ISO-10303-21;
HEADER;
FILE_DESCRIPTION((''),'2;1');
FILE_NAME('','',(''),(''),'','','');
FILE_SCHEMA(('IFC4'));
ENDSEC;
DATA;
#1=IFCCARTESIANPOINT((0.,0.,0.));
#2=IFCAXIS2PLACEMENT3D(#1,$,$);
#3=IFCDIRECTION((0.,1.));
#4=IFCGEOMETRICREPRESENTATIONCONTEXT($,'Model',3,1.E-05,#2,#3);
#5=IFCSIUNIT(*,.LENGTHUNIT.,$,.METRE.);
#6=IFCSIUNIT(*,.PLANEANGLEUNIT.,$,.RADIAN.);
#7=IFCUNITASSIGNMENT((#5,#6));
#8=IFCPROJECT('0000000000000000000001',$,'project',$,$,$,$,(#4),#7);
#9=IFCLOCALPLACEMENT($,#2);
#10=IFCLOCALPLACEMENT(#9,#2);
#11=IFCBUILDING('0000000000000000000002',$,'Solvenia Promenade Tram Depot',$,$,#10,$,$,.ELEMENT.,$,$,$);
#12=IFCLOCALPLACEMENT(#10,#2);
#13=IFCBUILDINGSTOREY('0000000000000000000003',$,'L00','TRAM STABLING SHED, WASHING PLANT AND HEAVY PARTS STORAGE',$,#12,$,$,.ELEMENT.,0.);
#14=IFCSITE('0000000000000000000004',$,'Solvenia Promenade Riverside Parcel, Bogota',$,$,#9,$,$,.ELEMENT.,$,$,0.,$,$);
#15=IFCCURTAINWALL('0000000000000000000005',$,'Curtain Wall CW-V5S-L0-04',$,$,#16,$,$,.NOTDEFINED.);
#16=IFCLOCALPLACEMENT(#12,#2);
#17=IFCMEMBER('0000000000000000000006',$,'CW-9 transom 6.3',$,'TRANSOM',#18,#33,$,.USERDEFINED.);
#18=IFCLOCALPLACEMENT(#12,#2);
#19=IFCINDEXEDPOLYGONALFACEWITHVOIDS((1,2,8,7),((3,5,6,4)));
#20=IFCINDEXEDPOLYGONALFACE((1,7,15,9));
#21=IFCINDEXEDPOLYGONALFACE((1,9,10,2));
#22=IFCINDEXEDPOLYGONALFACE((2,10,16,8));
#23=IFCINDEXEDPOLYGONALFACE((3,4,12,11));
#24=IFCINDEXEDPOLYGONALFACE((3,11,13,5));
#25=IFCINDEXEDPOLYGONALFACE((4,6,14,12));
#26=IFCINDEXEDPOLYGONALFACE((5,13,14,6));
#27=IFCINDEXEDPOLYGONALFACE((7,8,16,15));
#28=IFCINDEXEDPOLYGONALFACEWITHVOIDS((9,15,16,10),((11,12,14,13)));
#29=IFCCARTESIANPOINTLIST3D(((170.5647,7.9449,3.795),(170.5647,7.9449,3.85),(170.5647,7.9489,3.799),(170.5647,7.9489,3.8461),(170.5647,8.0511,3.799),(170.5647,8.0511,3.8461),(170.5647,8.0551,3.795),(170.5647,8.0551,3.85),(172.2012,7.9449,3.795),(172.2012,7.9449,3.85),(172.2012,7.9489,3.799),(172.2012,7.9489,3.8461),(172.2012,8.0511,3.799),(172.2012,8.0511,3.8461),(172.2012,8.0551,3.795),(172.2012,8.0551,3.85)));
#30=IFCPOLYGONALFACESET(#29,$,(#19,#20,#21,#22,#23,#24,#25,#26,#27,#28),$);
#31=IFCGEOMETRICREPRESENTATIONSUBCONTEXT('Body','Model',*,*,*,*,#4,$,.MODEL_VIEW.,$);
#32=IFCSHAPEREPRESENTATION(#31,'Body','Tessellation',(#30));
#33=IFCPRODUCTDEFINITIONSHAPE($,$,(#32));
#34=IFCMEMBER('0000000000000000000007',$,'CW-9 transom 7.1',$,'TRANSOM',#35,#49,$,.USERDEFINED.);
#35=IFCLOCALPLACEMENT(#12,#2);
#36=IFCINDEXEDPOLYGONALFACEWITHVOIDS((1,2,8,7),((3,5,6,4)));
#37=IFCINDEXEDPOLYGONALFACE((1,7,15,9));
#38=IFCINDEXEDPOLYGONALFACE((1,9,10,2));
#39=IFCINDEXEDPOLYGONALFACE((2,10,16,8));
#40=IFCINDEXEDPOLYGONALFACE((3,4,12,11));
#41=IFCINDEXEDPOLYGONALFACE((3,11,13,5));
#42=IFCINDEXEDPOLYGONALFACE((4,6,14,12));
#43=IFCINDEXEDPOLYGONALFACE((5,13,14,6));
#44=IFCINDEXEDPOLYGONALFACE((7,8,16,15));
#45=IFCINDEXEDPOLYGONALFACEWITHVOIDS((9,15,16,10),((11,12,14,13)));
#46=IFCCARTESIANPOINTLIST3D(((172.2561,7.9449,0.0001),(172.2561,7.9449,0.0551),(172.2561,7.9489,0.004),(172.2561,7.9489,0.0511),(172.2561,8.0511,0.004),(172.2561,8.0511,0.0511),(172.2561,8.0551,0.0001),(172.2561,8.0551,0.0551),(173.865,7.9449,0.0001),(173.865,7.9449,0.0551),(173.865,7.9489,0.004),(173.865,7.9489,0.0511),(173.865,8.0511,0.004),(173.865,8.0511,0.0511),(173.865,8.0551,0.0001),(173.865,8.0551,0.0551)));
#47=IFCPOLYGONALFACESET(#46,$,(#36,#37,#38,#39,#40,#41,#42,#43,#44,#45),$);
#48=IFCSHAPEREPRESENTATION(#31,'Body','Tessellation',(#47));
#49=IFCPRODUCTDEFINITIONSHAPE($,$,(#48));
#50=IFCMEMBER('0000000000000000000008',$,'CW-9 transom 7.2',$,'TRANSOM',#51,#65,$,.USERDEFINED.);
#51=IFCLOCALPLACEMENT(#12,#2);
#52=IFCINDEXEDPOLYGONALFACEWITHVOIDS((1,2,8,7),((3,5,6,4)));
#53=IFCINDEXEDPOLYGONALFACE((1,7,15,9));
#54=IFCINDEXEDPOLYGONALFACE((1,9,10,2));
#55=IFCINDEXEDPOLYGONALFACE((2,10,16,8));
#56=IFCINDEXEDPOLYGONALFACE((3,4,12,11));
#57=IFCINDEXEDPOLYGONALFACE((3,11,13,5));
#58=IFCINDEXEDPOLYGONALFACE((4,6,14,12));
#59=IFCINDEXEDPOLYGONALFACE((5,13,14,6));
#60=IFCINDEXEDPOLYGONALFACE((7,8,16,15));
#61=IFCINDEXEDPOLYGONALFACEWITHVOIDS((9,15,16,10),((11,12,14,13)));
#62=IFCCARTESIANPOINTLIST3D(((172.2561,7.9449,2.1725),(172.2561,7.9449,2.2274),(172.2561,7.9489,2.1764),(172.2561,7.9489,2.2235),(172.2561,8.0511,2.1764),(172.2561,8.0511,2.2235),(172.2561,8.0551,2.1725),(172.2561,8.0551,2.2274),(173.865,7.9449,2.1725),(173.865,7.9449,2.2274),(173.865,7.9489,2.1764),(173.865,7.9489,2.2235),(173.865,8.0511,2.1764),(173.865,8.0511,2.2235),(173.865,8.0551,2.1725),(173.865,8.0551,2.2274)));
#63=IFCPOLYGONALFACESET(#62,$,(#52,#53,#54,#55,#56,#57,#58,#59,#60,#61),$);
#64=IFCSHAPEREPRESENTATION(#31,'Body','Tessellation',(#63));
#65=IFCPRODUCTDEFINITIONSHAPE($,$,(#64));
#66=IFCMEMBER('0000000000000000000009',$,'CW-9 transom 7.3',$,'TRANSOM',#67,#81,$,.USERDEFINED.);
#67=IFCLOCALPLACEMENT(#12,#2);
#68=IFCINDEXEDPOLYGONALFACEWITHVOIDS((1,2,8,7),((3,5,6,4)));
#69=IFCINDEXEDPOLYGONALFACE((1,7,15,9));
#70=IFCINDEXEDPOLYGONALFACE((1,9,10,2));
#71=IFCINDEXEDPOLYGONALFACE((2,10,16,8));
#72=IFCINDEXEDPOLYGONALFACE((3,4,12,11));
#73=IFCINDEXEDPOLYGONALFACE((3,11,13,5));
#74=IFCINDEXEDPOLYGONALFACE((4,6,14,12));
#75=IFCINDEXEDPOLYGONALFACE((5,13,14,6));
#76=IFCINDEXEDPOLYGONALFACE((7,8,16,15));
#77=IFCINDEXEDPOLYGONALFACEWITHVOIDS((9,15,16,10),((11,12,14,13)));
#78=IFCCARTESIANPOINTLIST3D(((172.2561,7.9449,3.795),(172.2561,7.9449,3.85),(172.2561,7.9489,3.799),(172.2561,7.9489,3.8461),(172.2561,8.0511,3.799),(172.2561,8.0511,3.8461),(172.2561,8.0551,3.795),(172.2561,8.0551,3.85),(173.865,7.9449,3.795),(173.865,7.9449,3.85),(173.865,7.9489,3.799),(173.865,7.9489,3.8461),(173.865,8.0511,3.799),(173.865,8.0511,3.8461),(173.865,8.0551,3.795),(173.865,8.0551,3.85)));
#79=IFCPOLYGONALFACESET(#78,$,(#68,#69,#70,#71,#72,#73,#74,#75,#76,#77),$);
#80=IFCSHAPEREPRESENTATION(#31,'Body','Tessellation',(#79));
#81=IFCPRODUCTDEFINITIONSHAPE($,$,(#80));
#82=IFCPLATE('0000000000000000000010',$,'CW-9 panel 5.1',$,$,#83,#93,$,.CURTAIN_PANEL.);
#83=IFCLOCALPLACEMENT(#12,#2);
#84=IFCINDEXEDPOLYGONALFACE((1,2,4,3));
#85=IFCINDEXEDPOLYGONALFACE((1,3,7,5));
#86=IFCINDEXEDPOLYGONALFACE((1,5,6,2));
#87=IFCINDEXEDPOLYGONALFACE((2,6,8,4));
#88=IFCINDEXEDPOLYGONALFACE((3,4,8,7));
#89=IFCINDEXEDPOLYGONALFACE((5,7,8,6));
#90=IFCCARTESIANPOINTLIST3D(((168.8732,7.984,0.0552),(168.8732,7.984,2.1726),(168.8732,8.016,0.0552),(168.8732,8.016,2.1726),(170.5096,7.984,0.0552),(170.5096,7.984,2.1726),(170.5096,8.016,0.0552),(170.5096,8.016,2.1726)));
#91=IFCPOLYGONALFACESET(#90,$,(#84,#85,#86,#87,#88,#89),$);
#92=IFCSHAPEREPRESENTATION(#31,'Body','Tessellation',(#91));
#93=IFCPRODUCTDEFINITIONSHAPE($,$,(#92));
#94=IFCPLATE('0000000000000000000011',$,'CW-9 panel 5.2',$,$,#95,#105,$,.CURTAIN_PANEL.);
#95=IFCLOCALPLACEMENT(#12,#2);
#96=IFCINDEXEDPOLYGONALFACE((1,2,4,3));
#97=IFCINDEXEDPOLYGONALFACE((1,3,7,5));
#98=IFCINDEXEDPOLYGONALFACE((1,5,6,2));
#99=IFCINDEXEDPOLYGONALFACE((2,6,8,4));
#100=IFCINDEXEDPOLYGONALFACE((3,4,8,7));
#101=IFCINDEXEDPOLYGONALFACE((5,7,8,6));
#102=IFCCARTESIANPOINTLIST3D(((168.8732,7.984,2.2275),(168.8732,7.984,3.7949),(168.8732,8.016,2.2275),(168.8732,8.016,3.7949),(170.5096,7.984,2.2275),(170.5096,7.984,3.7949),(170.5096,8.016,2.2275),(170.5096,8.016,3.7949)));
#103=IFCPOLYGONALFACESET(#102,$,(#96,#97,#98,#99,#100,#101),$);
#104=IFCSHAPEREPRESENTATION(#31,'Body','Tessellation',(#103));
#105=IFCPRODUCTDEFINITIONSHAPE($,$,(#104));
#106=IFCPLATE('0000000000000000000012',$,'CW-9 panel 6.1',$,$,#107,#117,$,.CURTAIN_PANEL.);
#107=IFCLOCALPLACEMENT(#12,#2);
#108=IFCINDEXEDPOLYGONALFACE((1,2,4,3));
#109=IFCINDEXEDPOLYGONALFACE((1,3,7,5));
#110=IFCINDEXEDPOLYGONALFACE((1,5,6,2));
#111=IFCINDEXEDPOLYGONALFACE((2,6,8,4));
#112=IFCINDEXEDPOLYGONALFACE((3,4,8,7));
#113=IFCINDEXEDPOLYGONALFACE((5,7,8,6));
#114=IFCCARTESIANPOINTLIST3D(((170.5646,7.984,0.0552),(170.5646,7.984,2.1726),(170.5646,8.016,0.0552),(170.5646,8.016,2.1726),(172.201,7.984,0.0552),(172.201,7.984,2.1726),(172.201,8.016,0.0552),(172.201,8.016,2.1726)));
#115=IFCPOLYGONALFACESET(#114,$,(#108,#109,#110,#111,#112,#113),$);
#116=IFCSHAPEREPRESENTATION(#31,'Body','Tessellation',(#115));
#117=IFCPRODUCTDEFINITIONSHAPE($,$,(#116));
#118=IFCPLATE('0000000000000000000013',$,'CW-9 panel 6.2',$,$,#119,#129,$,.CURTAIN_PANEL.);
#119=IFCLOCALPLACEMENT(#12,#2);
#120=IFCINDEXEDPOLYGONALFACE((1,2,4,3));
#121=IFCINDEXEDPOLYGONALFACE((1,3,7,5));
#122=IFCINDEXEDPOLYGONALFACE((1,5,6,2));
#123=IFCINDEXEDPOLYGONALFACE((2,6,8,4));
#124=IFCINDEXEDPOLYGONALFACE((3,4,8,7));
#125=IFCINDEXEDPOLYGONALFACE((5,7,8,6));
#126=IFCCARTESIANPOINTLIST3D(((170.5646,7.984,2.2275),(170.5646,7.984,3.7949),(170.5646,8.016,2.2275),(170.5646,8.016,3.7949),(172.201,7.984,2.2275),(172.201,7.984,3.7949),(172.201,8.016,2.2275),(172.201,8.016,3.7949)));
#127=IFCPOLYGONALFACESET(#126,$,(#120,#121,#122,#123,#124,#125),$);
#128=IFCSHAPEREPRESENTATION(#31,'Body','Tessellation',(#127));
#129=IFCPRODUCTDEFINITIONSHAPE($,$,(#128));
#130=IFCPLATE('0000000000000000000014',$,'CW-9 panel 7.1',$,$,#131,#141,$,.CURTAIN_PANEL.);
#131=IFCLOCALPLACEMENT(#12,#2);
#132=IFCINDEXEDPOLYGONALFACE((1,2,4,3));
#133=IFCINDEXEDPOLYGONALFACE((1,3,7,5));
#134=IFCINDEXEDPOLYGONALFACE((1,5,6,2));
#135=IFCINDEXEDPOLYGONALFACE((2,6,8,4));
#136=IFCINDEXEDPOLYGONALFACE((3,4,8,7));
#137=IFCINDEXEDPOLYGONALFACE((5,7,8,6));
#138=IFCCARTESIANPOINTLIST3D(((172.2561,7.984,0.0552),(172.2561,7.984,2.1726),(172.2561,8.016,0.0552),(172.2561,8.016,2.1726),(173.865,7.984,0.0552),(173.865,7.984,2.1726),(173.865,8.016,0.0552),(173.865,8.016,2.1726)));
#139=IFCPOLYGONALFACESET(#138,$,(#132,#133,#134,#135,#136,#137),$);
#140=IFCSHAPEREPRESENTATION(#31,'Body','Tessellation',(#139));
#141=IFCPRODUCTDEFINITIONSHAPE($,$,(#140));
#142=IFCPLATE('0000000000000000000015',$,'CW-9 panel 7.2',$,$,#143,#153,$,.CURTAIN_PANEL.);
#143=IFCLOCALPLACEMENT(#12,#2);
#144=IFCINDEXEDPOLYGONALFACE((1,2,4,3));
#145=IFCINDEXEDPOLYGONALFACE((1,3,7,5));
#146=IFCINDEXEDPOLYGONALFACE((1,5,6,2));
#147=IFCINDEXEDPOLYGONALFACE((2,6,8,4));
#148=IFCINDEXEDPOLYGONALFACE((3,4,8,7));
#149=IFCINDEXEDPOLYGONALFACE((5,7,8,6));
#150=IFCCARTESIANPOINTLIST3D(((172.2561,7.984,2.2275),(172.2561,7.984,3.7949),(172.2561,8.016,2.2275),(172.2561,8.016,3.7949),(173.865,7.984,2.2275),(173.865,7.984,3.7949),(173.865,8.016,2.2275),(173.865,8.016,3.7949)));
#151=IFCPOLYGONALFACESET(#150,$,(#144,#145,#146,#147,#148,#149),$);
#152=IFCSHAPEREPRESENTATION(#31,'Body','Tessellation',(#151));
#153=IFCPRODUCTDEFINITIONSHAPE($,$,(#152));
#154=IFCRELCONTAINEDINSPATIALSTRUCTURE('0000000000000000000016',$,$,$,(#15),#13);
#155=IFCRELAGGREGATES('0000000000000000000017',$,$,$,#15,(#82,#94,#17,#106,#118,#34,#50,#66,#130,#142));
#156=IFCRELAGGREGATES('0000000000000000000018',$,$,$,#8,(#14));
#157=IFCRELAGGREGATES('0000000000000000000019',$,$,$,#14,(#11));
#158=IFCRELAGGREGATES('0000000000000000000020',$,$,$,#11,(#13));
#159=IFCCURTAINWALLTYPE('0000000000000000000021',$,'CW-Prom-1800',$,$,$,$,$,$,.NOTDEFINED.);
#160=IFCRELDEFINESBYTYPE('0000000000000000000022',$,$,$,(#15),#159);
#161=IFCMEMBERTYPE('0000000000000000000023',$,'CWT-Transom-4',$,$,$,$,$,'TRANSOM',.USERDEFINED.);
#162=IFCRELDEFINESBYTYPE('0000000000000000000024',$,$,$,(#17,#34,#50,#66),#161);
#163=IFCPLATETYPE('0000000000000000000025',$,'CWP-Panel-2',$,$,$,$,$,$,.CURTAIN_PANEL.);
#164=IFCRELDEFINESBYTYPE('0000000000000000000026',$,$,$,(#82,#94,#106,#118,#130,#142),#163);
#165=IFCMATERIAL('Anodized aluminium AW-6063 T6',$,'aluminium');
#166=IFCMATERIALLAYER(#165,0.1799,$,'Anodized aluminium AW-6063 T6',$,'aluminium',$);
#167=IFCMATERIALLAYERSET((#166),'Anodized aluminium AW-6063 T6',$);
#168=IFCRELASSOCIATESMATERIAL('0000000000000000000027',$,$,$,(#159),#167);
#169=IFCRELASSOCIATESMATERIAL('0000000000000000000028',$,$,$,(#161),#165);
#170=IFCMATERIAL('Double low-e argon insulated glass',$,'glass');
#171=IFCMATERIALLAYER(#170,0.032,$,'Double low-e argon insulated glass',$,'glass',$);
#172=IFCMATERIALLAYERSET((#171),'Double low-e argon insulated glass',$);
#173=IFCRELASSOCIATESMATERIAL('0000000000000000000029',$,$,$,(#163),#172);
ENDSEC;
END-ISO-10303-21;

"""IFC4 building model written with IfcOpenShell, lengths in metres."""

from ifc_helpers import new_model, si_unit, direction, frame, origin, origin_2d, place, context, subcontext, project, spatial, rectangle, hollow_rectangle, extrude, material, layer, layer_set, material_profile, profile_set, type_object, element, aggregate, save


model = new_model("IFC4")

# Units and contexts
model_context = context("Model", 3, precision=1e-05, world=origin(), true_north=direction((0.0, 1.0)))
body_context = subcontext(model_context, "Body", "Model", "MODEL_VIEW")
ifc_project = project(units=[si_unit("LENGTHUNIT", "METRE"), si_unit("PLANEANGLEUNIT", "RADIAN")], contexts=[model_context])

# Site, building, storey
site_placement = place(None, origin())
site = spatial("IfcSite", under=ifc_project, at=site_placement, Name="Solvenia Promenade Riverside Parcel, Bogota", CompositionType="ELEMENT", RefElevation=0.0)
building_placement = place(site_placement, origin())
building = spatial("IfcBuilding", under=site, at=building_placement, Name="Solvenia Promenade Tram Depot", CompositionType="ELEMENT")
storey_placement = place(building_placement, origin())
storey = spatial("IfcBuildingStorey", under=building, at=storey_placement, Name="L00", Description="TRAM STABLING SHED, WASHING PLANT AND HEAVY PARTS STORAGE", CompositionType="ELEMENT", Elevation=0.0)

# Curtain wall, members, plates
ifc_material_1 = material(Name="Anodized aluminium AW-6063 T6", Category="aluminium")
ifc_layer_1 = layer(ifc_material_1, 0.1799, Name="Anodized aluminium AW-6063 T6", Category="aluminium")
ifc_layer_set_1 = layer_set([ifc_layer_1], Name="Anodized aluminium AW-6063 T6")
curtain_wall_type = type_object("IfcCurtainWallType", Name="CW-Prom-1800", PredefinedType="NOTDEFINED", material=ifc_layer_set_1)
curtain_wall_placement = place(storey_placement, origin())
curtain_wall = element("IfcCurtainWall", 1, at=curtain_wall_placement, inside=storey, type_object=curtain_wall_type, Name="Curtain Wall CW-V5S-L0-04", PredefinedType="NOTDEFINED")
ifc_material_profile_1 = material_profile(ifc_material_1, hollow_rectangle(XDim=0.1101, YDim=0.0549, WallThickness=0.0039, at=origin_2d()), Name="ALU-T4", Category="aluminium")
ifc_profile_set_1 = profile_set([ifc_material_profile_1], Name="Anodized aluminium AW-6063 T6")
member_type_1 = type_object("IfcMemberType", Name="CWT-Transom-4", ElementType="TRANSOM", PredefinedType="USERDEFINED", material=ifc_profile_set_1)
member_1_placement = place(storey_placement, frame((170.5647, 8.0, 3.8225), z_axis=(1.0, 0.0, 0.0), x_axis=(0.0, 1.0, 0.0)))
member_1 = element("IfcMember", 2, at=member_1_placement, type_object=member_type_1, Name="CW-9 transom 6.3", ObjectType="TRANSOM", PredefinedType="USERDEFINED", context=body_context, shape_type="SweptSolid", body=[
    extrude(hollow_rectangle(XDim=0.1101, YDim=0.0549, WallThickness=0.0039, at=origin_2d()), origin(), (0.0, 0.0, 1.0), 1.6365),
])
member_2_placement = place(storey_placement, frame((172.2561, 8.0, 0.0276), z_axis=(1.0, 0.0, 0.0), x_axis=(0.0, 1.0, 0.0)))
member_2 = element("IfcMember", 3, at=member_2_placement, type_object=member_type_1, Name="CW-9 transom 7.1", ObjectType="TRANSOM", PredefinedType="USERDEFINED", context=body_context, shape_type="SweptSolid", body=[
    extrude(hollow_rectangle(XDim=0.1101, YDim=0.0549, WallThickness=0.0039, at=origin_2d()), origin(), (0.0, 0.0, 1.0), 1.6089),
])
member_3_placement = place(storey_placement, frame((172.2561, 8.0, 2.2), z_axis=(1.0, 0.0, 0.0), x_axis=(0.0, 1.0, 0.0)))
member_3 = element("IfcMember", 4, at=member_3_placement, type_object=member_type_1, Name="CW-9 transom 7.2", ObjectType="TRANSOM", PredefinedType="USERDEFINED", context=body_context, shape_type="SweptSolid", body=[
    extrude(hollow_rectangle(XDim=0.1101, YDim=0.0549, WallThickness=0.0039, at=origin_2d()), origin(), (0.0, 0.0, 1.0), 1.6089),
])
member_4_placement = place(storey_placement, frame((172.2561, 8.0, 3.8225), z_axis=(1.0, 0.0, 0.0), x_axis=(0.0, 1.0, 0.0)))
member_4 = element("IfcMember", 5, at=member_4_placement, type_object=member_type_1, Name="CW-9 transom 7.3", ObjectType="TRANSOM", PredefinedType="USERDEFINED", context=body_context, shape_type="SweptSolid", body=[
    extrude(hollow_rectangle(XDim=0.1101, YDim=0.0549, WallThickness=0.0039, at=origin_2d()), origin(), (0.0, 0.0, 1.0), 1.6089),
])
ifc_material_2 = material(Name="Double low-e argon insulated glass", Category="glass")
ifc_layer_2 = layer(ifc_material_2, 0.032, Name="Double low-e argon insulated glass", Category="glass")
ifc_layer_set_2 = layer_set([ifc_layer_2], Name="Double low-e argon insulated glass")
plate_type = type_object("IfcPlateType", Name="CWP-Panel-2", PredefinedType="CURTAIN_PANEL", material=ifc_layer_set_2)
plate_1_placement = place(storey_placement, frame((169.6914, 8.0, 0.0552), z_axis=(0.0, 0.0, 1.0), x_axis=(1.0, 0.0, 0.0)))
plate_1 = element("IfcPlate", 6, at=plate_1_placement, type_object=plate_type, Name="CW-9 panel 5.1", PredefinedType="CURTAIN_PANEL", context=body_context, shape_type="SweptSolid", body=[
    extrude(rectangle(XDim=1.6365, YDim=0.032, at=origin_2d()), origin(), (0.0, 0.0, 1.0), 2.1174),
])
plate_2_placement = place(storey_placement, frame((169.6914, 8.0, 2.2275), z_axis=(0.0, 0.0, 1.0), x_axis=(1.0, 0.0, 0.0)))
plate_2 = element("IfcPlate", 7, at=plate_2_placement, type_object=plate_type, Name="CW-9 panel 5.2", PredefinedType="CURTAIN_PANEL", context=body_context, shape_type="SweptSolid", body=[
    extrude(rectangle(XDim=1.6365, YDim=0.032, at=origin_2d()), origin(), (0.0, 0.0, 1.0), 1.5674),
])
plate_3_placement = place(storey_placement, frame((171.3828, 8.0, 0.0552), z_axis=(0.0, 0.0, 1.0), x_axis=(1.0, 0.0, 0.0)))
plate_3 = element("IfcPlate", 8, at=plate_3_placement, type_object=plate_type, Name="CW-9 panel 6.1", PredefinedType="CURTAIN_PANEL", context=body_context, shape_type="SweptSolid", body=[
    extrude(rectangle(XDim=1.6365, YDim=0.032, at=origin_2d()), origin(), (0.0, 0.0, 1.0), 2.1174),
])
plate_4_placement = place(storey_placement, frame((171.3828, 8.0, 2.2275), z_axis=(0.0, 0.0, 1.0), x_axis=(1.0, 0.0, 0.0)))
plate_4 = element("IfcPlate", 9, at=plate_4_placement, type_object=plate_type, Name="CW-9 panel 6.2", PredefinedType="CURTAIN_PANEL", context=body_context, shape_type="SweptSolid", body=[
    extrude(rectangle(XDim=1.6365, YDim=0.032, at=origin_2d()), origin(), (0.0, 0.0, 1.0), 1.5674),
])
plate_5_placement = place(storey_placement, frame((173.0605, 8.0, 0.0552), z_axis=(0.0, 0.0, 1.0), x_axis=(1.0, 0.0, 0.0)))
plate_5 = element("IfcPlate", 10, at=plate_5_placement, type_object=plate_type, Name="CW-9 panel 7.1", PredefinedType="CURTAIN_PANEL", context=body_context, shape_type="SweptSolid", body=[
    extrude(rectangle(XDim=1.6089, YDim=0.032, at=origin_2d()), origin(), (0.0, 0.0, 1.0), 2.1174),
])
plate_6_placement = place(storey_placement, frame((173.0605, 8.0, 2.2275), z_axis=(0.0, 0.0, 1.0), x_axis=(1.0, 0.0, 0.0)))
plate_6 = element("IfcPlate", 11, at=plate_6_placement, type_object=plate_type, Name="CW-9 panel 7.2", PredefinedType="CURTAIN_PANEL", context=body_context, shape_type="SweptSolid", body=[
    extrude(rectangle(XDim=1.6089, YDim=0.032, at=origin_2d()), origin(), (0.0, 0.0, 1.0), 1.5674),
])
aggregate(curtain_wall, [plate_1, plate_2, member_1, plate_3, plate_4, member_2, member_3, member_4, plate_5, plate_6])

save(model, "model.ifc")
